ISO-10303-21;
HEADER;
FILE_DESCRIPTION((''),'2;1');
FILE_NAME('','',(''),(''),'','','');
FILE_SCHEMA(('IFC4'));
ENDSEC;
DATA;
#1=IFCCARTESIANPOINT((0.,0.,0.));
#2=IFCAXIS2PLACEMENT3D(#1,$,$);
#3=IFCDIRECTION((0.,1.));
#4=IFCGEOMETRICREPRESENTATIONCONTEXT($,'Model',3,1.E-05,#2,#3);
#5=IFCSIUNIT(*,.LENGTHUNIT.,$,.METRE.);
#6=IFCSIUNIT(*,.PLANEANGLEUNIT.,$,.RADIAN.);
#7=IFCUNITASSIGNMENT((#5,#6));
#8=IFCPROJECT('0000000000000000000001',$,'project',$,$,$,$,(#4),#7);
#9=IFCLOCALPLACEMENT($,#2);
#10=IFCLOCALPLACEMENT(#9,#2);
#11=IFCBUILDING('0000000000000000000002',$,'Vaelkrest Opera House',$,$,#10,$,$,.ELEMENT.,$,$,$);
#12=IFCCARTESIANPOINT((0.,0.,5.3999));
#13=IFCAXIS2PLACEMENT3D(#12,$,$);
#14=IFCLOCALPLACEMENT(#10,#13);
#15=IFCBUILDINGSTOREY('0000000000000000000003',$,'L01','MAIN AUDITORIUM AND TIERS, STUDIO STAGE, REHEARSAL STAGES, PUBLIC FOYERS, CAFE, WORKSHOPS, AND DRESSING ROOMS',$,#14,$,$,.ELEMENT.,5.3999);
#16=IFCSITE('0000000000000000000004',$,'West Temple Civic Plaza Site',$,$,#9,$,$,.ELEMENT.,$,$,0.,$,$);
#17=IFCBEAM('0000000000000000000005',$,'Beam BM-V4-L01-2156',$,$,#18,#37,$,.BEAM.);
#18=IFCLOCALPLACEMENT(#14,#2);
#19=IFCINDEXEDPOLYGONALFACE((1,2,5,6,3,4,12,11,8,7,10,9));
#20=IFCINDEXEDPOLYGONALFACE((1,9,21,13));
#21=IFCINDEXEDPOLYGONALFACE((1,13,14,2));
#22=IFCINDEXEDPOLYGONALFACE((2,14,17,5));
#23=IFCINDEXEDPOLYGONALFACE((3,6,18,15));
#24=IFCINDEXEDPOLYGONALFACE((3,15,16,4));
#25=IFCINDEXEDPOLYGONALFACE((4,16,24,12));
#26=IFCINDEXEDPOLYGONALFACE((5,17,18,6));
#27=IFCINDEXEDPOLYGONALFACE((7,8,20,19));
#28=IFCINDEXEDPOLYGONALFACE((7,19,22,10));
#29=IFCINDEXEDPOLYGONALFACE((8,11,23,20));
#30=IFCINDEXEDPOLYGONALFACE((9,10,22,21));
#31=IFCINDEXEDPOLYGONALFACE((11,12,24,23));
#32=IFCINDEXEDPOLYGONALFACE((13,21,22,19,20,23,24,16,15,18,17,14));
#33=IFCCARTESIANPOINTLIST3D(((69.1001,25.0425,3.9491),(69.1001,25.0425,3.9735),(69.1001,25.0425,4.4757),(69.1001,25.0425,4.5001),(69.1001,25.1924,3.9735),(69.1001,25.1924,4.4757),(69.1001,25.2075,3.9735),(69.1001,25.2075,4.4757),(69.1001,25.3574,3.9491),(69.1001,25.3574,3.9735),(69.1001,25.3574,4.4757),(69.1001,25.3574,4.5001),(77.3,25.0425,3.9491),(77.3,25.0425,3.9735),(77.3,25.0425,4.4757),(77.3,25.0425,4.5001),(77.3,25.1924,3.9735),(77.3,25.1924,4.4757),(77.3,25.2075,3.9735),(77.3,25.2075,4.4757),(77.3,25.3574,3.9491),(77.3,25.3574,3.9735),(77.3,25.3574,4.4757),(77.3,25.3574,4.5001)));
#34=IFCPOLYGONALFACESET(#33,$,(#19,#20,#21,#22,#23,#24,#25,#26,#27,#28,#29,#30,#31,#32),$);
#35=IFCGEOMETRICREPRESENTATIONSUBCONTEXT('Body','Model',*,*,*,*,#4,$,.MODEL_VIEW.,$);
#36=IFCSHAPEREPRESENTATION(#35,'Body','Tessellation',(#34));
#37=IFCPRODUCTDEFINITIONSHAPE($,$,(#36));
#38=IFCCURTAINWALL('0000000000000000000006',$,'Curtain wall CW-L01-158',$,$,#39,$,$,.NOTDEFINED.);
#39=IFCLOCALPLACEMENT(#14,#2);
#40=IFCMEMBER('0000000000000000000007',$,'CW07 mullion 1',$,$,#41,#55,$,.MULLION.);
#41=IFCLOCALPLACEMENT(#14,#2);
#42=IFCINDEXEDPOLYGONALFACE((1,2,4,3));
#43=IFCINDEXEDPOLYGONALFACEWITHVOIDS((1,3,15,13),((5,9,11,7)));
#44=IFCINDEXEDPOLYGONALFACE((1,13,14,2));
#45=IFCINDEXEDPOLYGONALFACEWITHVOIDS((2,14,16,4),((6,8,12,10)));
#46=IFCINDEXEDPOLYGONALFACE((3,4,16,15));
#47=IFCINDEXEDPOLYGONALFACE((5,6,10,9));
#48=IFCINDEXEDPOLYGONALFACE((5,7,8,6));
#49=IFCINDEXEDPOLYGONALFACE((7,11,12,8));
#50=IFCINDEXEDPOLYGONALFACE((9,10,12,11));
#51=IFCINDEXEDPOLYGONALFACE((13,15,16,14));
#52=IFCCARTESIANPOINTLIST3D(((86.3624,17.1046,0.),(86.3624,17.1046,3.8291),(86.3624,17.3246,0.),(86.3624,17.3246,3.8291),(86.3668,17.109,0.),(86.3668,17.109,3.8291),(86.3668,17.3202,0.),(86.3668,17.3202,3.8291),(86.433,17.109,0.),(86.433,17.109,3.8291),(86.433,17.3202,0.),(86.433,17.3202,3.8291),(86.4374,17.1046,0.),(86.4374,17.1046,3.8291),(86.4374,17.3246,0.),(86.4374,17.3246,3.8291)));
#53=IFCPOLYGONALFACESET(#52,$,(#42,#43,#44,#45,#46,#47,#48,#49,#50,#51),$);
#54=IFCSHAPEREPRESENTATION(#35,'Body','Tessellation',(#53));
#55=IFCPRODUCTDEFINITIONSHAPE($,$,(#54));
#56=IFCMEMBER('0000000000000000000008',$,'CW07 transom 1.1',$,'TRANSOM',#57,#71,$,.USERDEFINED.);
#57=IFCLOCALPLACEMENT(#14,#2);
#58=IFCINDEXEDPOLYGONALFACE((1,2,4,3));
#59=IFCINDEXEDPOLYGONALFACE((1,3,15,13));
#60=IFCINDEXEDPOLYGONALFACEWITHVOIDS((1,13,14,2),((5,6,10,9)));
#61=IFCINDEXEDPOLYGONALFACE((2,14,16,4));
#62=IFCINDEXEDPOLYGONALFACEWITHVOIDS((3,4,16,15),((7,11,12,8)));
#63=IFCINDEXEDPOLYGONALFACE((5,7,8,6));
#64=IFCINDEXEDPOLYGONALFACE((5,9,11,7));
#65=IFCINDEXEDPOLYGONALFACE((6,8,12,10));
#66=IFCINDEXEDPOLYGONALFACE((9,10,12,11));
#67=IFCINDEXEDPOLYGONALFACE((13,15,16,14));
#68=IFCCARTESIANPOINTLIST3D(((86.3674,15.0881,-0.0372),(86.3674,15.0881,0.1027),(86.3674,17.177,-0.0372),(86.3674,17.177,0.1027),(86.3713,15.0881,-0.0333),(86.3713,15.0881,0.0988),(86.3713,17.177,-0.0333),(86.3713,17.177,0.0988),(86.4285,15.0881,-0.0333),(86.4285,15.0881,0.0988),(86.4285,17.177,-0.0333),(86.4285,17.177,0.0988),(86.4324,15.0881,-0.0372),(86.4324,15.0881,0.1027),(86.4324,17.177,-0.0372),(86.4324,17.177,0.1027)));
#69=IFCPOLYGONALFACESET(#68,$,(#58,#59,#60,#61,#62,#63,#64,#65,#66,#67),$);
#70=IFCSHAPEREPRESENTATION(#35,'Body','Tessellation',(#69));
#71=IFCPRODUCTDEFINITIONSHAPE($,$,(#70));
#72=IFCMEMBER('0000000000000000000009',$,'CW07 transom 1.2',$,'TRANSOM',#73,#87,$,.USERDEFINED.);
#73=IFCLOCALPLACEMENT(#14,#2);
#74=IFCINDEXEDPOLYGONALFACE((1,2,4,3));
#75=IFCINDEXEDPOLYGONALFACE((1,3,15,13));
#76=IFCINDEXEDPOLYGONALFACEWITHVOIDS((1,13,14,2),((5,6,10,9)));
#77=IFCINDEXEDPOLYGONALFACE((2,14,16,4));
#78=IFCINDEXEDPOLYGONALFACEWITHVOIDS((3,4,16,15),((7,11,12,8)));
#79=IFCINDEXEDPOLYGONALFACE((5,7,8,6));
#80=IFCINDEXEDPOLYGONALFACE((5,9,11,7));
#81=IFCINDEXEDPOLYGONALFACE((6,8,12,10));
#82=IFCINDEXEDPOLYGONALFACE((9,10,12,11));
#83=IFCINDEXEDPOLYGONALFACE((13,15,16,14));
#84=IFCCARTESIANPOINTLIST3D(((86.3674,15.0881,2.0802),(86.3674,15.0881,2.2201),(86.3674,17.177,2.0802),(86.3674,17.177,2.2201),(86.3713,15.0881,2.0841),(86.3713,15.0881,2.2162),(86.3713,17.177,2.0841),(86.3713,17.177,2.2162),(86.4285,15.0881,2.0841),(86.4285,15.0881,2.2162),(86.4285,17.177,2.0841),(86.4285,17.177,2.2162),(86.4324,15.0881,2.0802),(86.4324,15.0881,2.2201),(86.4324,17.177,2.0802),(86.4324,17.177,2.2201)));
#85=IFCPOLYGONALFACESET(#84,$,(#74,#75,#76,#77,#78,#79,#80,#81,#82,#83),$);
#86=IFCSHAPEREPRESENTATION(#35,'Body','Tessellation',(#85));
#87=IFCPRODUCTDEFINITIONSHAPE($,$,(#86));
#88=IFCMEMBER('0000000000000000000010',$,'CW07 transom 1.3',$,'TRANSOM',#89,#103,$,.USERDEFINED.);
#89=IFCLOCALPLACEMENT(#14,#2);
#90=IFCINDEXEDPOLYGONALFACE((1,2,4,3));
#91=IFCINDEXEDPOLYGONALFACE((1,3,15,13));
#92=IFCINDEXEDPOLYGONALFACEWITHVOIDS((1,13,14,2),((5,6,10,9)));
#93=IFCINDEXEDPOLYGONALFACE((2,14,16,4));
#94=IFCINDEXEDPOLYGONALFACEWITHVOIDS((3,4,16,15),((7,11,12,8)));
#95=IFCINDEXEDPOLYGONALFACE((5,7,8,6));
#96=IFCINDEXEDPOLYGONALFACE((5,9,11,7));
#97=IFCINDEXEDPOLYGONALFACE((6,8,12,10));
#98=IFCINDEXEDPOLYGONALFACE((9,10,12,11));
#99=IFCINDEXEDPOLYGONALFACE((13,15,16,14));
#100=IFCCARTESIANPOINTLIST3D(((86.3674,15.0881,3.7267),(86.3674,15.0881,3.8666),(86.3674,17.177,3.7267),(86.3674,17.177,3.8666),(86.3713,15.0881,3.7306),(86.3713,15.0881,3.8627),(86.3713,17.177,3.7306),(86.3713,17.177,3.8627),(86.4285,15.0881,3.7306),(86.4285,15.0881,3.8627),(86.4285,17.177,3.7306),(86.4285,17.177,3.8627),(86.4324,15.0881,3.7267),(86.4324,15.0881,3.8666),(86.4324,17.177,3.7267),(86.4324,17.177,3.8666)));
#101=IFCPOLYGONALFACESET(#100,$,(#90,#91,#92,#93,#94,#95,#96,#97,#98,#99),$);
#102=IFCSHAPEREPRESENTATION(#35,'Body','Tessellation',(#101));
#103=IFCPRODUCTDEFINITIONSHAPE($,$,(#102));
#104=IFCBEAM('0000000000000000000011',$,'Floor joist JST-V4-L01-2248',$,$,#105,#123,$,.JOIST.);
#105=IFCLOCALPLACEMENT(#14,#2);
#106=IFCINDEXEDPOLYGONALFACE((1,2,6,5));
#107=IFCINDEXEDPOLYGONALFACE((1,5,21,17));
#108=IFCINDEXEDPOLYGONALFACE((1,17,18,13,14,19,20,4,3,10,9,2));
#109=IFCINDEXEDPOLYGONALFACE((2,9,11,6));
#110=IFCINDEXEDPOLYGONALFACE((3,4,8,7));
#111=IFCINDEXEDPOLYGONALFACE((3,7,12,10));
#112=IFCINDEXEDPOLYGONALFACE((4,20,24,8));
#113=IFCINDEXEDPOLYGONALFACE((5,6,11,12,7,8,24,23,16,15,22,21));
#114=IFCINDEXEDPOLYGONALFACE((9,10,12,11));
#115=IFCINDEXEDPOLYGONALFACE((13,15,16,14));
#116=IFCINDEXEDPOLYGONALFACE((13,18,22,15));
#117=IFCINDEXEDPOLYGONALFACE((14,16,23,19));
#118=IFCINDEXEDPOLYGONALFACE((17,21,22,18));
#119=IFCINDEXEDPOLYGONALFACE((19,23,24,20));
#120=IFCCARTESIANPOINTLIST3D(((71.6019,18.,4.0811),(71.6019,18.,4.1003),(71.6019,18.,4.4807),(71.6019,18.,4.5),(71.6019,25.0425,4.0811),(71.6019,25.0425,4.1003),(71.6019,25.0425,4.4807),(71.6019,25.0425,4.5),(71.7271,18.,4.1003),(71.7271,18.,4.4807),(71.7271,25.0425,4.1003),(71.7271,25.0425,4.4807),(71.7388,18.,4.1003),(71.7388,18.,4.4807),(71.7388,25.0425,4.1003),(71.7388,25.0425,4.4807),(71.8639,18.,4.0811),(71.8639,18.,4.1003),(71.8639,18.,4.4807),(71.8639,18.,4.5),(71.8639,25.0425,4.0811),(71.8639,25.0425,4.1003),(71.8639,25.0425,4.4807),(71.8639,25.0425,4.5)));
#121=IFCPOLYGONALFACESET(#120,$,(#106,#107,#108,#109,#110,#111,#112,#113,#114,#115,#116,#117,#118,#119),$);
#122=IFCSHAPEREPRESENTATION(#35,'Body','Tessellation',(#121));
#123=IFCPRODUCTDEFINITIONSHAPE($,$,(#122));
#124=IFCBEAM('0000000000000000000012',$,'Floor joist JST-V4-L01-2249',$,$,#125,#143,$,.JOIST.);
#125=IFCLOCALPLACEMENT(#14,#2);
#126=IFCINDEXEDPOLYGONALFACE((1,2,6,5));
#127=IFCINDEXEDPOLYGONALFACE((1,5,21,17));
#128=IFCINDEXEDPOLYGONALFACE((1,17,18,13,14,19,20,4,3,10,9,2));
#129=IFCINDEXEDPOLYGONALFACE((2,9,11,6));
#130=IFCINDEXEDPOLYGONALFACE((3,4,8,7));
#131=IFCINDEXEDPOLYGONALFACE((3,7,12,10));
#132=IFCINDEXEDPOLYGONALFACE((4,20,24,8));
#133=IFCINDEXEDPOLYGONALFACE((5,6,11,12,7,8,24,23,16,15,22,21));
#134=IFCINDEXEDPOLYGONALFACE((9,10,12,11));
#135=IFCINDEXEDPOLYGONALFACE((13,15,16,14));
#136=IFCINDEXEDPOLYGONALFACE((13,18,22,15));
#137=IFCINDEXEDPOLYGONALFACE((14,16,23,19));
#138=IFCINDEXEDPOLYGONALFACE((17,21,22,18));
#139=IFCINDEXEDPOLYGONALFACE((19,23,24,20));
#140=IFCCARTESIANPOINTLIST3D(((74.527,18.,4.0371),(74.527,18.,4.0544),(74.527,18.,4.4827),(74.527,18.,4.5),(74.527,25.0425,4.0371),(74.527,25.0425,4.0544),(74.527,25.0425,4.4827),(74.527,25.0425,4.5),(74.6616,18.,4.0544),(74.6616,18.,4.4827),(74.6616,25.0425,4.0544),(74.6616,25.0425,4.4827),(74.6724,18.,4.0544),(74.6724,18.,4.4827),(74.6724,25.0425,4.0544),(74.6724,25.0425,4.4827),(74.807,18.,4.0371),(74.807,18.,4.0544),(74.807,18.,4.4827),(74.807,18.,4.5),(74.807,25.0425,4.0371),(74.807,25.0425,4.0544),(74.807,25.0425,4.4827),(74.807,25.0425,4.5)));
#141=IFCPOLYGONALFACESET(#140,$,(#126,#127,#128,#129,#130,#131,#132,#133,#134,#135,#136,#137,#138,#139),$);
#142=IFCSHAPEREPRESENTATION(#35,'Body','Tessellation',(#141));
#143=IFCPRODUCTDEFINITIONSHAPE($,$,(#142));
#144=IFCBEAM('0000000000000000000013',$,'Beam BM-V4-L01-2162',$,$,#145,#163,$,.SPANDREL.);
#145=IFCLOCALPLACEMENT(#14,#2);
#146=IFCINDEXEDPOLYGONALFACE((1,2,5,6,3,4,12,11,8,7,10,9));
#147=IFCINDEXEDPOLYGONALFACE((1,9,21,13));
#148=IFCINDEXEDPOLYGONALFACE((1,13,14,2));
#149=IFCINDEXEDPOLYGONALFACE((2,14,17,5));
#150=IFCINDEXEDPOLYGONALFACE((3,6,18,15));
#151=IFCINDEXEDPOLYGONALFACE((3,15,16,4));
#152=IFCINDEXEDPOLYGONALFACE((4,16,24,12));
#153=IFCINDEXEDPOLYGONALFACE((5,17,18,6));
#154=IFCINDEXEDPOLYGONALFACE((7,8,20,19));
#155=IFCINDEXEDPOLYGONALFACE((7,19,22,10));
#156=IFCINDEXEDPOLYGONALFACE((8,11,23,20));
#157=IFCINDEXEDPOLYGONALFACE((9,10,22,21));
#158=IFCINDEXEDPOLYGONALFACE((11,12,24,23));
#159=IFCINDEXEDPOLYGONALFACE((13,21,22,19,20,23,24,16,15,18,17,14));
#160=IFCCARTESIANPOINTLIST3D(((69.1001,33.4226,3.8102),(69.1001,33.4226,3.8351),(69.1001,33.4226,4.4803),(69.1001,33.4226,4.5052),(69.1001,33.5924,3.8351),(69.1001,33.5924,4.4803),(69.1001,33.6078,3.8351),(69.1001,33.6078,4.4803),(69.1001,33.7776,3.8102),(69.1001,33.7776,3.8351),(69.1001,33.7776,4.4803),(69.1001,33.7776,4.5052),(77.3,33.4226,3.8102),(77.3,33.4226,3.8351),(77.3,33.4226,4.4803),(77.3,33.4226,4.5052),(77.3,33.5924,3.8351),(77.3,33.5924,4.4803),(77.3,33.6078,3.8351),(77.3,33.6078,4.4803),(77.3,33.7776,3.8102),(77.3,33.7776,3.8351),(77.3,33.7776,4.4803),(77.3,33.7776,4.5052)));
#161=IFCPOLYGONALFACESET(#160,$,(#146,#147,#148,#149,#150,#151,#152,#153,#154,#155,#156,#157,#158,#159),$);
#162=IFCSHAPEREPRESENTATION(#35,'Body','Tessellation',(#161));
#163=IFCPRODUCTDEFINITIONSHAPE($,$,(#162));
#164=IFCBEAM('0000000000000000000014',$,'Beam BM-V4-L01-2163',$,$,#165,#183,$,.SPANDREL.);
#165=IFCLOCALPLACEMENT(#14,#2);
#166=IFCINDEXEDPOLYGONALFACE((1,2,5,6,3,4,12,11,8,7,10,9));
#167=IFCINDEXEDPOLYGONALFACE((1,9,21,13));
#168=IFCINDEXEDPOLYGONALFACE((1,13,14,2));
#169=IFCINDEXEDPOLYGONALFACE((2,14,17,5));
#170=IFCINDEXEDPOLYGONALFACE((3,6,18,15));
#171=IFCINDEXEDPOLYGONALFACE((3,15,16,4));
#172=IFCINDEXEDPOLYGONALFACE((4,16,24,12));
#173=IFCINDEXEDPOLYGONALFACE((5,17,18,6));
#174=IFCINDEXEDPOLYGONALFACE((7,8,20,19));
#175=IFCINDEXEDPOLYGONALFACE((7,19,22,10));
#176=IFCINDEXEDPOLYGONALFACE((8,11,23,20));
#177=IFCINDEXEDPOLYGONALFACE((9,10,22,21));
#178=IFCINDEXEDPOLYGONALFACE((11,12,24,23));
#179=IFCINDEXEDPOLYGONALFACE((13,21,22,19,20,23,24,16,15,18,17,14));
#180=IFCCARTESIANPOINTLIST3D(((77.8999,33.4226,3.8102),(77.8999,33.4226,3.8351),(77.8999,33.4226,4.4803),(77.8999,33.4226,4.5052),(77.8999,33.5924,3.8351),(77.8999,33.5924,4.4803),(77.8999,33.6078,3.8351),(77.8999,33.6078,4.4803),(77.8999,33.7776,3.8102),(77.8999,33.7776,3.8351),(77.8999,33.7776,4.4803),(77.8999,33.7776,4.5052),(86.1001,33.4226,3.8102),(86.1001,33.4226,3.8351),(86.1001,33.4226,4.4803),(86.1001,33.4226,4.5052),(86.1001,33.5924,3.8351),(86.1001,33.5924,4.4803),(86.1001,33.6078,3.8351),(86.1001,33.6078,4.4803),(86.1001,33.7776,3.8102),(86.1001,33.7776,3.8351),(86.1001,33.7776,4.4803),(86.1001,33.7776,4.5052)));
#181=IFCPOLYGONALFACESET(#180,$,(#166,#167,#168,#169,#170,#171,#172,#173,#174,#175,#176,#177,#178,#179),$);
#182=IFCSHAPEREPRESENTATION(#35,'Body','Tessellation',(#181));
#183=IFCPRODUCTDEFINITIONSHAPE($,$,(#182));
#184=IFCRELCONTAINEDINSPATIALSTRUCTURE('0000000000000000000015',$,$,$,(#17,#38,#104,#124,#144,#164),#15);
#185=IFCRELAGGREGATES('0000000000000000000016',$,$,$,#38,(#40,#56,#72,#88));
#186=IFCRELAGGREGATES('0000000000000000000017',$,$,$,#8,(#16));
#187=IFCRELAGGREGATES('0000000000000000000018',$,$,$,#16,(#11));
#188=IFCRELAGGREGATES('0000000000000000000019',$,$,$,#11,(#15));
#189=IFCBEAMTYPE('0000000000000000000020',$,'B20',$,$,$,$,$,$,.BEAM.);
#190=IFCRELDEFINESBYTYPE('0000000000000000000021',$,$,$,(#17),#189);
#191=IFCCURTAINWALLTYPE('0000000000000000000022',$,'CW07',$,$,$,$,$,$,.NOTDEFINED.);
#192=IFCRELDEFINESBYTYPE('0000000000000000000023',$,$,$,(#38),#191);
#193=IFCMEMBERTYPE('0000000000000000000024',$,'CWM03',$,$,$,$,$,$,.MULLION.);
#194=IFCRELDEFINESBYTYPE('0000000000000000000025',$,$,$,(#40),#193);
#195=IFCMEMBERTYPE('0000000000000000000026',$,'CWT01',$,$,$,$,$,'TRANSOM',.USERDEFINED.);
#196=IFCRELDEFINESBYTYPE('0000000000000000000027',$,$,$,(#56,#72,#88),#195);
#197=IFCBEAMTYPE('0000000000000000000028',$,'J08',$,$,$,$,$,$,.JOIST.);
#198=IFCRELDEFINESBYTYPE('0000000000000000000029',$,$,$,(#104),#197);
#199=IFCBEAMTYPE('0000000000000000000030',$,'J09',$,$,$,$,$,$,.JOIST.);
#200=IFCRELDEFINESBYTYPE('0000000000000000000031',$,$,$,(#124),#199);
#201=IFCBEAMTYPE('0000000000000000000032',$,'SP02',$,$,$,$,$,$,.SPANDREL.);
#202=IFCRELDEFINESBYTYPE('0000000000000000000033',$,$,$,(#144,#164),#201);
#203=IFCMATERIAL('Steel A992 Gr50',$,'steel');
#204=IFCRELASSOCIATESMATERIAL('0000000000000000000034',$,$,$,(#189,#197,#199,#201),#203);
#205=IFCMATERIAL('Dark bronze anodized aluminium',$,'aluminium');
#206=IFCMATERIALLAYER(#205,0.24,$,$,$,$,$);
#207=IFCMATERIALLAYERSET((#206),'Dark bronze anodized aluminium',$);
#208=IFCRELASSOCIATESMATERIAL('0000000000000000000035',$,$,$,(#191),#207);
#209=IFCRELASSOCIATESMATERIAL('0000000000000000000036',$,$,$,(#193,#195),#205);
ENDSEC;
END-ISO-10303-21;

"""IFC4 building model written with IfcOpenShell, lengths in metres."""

from ifc_helpers import new_model, si_unit, direction, frame, origin, origin_2d, place, context, subcontext, project, spatial, hollow_rectangle, i_section, extrude, material, layer, layer_set, material_profile, profile_set, type_object, element, aggregate, save


model = new_model("IFC4")

# Units and contexts
model_context = context("Model", 3, precision=1e-05, world=origin(), true_north=direction((0.0, 1.0)))
body_context = subcontext(model_context, "Body", "Model", "MODEL_VIEW")
ifc_project = project(units=[si_unit("LENGTHUNIT", "METRE"), si_unit("PLANEANGLEUNIT", "RADIAN")], contexts=[model_context])

# Site, building, storey
site_placement = place(None, origin())
site = spatial("IfcSite", under=ifc_project, at=site_placement, Name="West Temple Civic Plaza Site", CompositionType="ELEMENT", RefElevation=0.0)
building_placement = place(site_placement, origin())
building = spatial("IfcBuilding", under=site, at=building_placement, Name="Vaelkrest Opera House", CompositionType="ELEMENT")
storey_placement = place(building_placement, frame((0.0, 0.0, 5.3999)))
storey = spatial("IfcBuildingStorey", under=building, at=storey_placement, Name="L01", Description="MAIN AUDITORIUM AND TIERS, STUDIO STAGE, REHEARSAL STAGES, PUBLIC FOYERS, CAFE, WORKSHOPS, AND DRESSING ROOMS", CompositionType="ELEMENT", Elevation=5.3999)

# Beam
ifc_material_1 = material(Name="Steel A992 Gr50", Category="steel")
ifc_material_profile_1 = material_profile(ifc_material_1, i_section(OverallWidth=0.3149, OverallDepth=0.551, WebThickness=0.0151, FlangeThickness=0.0244, at=origin_2d()), Name="W21X122")
ifc_profile_set_1 = profile_set([ifc_material_profile_1], Name="Steel A992 Gr50")
beam_type_1 = type_object("IfcBeamType", Name="B20", PredefinedType="BEAM", material=ifc_profile_set_1)
beam_1_placement = place(storey_placement, frame((69.1001, 25.2, 4.2246), z_axis=(1.0, 0.0, 0.0), x_axis=(0.0, 1.0, 0.0)))
element("IfcBeam", 1, at=beam_1_placement, inside=storey, type_object=beam_type_1, Name="Beam BM-V4-L01-2156", PredefinedType="BEAM", context=body_context, shape_type="SweptSolid", body=[
    extrude(i_section(OverallWidth=0.3149, OverallDepth=0.551, WebThickness=0.0151, FlangeThickness=0.0244, at=origin_2d()), origin(), (0.0, 0.0, 1.0), 8.2),
])

# Curtain wall, members
ifc_material_2 = material(Name="Dark bronze anodized aluminium", Category="aluminium")
ifc_layer_1 = layer(ifc_material_2, 0.24)
ifc_layer_set_1 = layer_set([ifc_layer_1], Name="Dark bronze anodized aluminium")
curtain_wall_type = type_object("IfcCurtainWallType", Name="CW07", PredefinedType="NOTDEFINED", material=ifc_layer_set_1)
curtain_wall_placement = place(storey_placement, origin())
curtain_wall = element("IfcCurtainWall", 2, at=curtain_wall_placement, inside=storey, type_object=curtain_wall_type, Name="Curtain wall CW-L01-158", PredefinedType="NOTDEFINED")
ifc_material_profile_2 = material_profile(ifc_material_2, hollow_rectangle(XDim=0.075, YDim=0.22, WallThickness=0.0044, at=origin_2d()), Name="CWM75X220")
ifc_profile_set_2 = profile_set([ifc_material_profile_2], Name="Dark bronze anodized aluminium")
member_type_1 = type_object("IfcMemberType", Name="CWM03", PredefinedType="MULLION", material=ifc_profile_set_2)
member_1_placement = place(storey_placement, frame((86.3999, 17.2146, 0.0), z_axis=(0.0, 0.0, 1.0), x_axis=(1.0, 0.0, 0.0)))
member_1 = element("IfcMember", 3, at=member_1_placement, type_object=member_type_1, Name="CW07 mullion 1", PredefinedType="MULLION", context=body_context, shape_type="SweptSolid", body=[
    extrude(hollow_rectangle(XDim=0.075, YDim=0.22, WallThickness=0.0044, at=origin_2d()), origin(), (0.0, 0.0, 1.0), 3.8291),
])
ifc_material_profile_3 = material_profile(ifc_material_2, hollow_rectangle(XDim=0.0649, YDim=0.1399, WallThickness=0.0039, at=origin_2d()), Name="CWT65X140")
ifc_profile_set_3 = profile_set([ifc_material_profile_3], Name="Dark bronze anodized aluminium")
member_type_2 = type_object("IfcMemberType", Name="CWT01", ElementType="TRANSOM", PredefinedType="USERDEFINED", material=ifc_profile_set_3)
member_2_placement = place(storey_placement, frame((86.3999, 17.177, 0.0327), z_axis=(0.0, -1.0, 0.0), x_axis=(1.0, 0.0, 0.0)))
member_2 = element("IfcMember", 4, at=member_2_placement, type_object=member_type_2, Name="CW07 transom 1.1", ObjectType="TRANSOM", PredefinedType="USERDEFINED", context=body_context, shape_type="SweptSolid", body=[
    extrude(hollow_rectangle(XDim=0.0649, YDim=0.1399, WallThickness=0.0039, at=origin_2d()), origin(), (0.0, 0.0, 1.0), 2.0889),
])
member_3_placement = place(storey_placement, frame((86.3999, 17.177, 2.1501), z_axis=(0.0, -1.0, 0.0), x_axis=(1.0, 0.0, 0.0)))
member_3 = element("IfcMember", 5, at=member_3_placement, type_object=member_type_2, Name="CW07 transom 1.2", ObjectType="TRANSOM", PredefinedType="USERDEFINED", context=body_context, shape_type="SweptSolid", body=[
    extrude(hollow_rectangle(XDim=0.0649, YDim=0.1399, WallThickness=0.0039, at=origin_2d()), origin(), (0.0, 0.0, 1.0), 2.0889),
])
member_4_placement = place(storey_placement, frame((86.3999, 17.177, 3.7966), z_axis=(0.0, -1.0, 0.0), x_axis=(1.0, 0.0, 0.0)))
member_4 = element("IfcMember", 6, at=member_4_placement, type_object=member_type_2, Name="CW07 transom 1.3", ObjectType="TRANSOM", PredefinedType="USERDEFINED", context=body_context, shape_type="SweptSolid", body=[
    extrude(hollow_rectangle(XDim=0.0649, YDim=0.1399, WallThickness=0.0039, at=origin_2d()), origin(), (0.0, 0.0, 1.0), 2.0889),
])

# Beams
ifc_material_profile_4 = material_profile(ifc_material_1, i_section(OverallWidth=0.262, OverallDepth=0.4189, WebThickness=0.0117, FlangeThickness=0.0193, at=origin_2d()), Name="W16X77")
ifc_profile_set_4 = profile_set([ifc_material_profile_4], Name="Steel A992 Gr50")
beam_type_2 = type_object("IfcBeamType", Name="J08", PredefinedType="JOIST", material=ifc_profile_set_4)
beam_2_placement = place(storey_placement, frame((71.7329, 18.0, 4.2905), z_axis=(0.0, 1.0, 0.0), x_axis=(-1.0, 0.0, 0.0)))
element("IfcBeam", 7, at=beam_2_placement, inside=storey, type_object=beam_type_2, Name="Floor joist JST-V4-L01-2248", PredefinedType="JOIST", context=body_context, shape_type="SweptSolid", body=[
    extrude(i_section(OverallWidth=0.262, OverallDepth=0.4189, WebThickness=0.0117, FlangeThickness=0.0193, at=origin_2d()), origin(), (0.0, 0.0, 1.0), 7.0425),
])
ifc_material_profile_5 = material_profile(ifc_material_1, i_section(OverallWidth=0.28, OverallDepth=0.4629, WebThickness=0.0107, FlangeThickness=0.0173, at=origin_2d()), Name="W18X76")
ifc_profile_set_5 = profile_set([ifc_material_profile_5], Name="Steel A992 Gr50")
beam_type_3 = type_object("IfcBeamType", Name="J09", PredefinedType="JOIST", material=ifc_profile_set_5)
beam_3_placement = place(storey_placement, frame((74.667, 18.0, 4.2686), z_axis=(0.0, 1.0, 0.0), x_axis=(-1.0, 0.0, 0.0)))
element("IfcBeam", 8, at=beam_3_placement, inside=storey, type_object=beam_type_3, Name="Floor joist JST-V4-L01-2249", PredefinedType="JOIST", context=body_context, shape_type="SweptSolid", body=[
    extrude(i_section(OverallWidth=0.28, OverallDepth=0.4629, WebThickness=0.0107, FlangeThickness=0.0173, at=origin_2d()), origin(), (0.0, 0.0, 1.0), 7.0425),
])
ifc_material_profile_6 = material_profile(ifc_material_1, i_section(OverallWidth=0.355, OverallDepth=0.6951, WebThickness=0.0154, FlangeThickness=0.0249, at=origin_2d()), Name="W27X146")
ifc_profile_set_6 = profile_set([ifc_material_profile_6], Name="Steel A992 Gr50")
beam_type_4 = type_object("IfcBeamType", Name="SP02", PredefinedType="SPANDREL", material=ifc_profile_set_6)
beam_4_placement = place(storey_placement, frame((69.1001, 33.6001, 4.1577), z_axis=(1.0, 0.0, 0.0), x_axis=(0.0, 1.0, 0.0)))
element("IfcBeam", 9, at=beam_4_placement, inside=storey, type_object=beam_type_4, Name="Beam BM-V4-L01-2162", PredefinedType="SPANDREL", context=body_context, shape_type="SweptSolid", body=[
    extrude(i_section(OverallWidth=0.355, OverallDepth=0.6951, WebThickness=0.0154, FlangeThickness=0.0249, at=origin_2d()), origin(), (0.0, 0.0, 1.0), 8.2),
])
beam_5_placement = place(storey_placement, frame((77.8999, 33.6001, 4.1577), z_axis=(1.0, 0.0, 0.0), x_axis=(0.0, 1.0, 0.0)))
element("IfcBeam", 10, at=beam_5_placement, inside=storey, type_object=beam_type_4, Name="Beam BM-V4-L01-2163", PredefinedType="SPANDREL", context=body_context, shape_type="SweptSolid", body=[
    extrude(i_section(OverallWidth=0.355, OverallDepth=0.6951, WebThickness=0.0154, FlangeThickness=0.0249, at=origin_2d()), origin(), (0.0, 0.0, 1.0), 8.2002),
])

aggregate(curtain_wall, [member_1, member_2, member_3, member_4])

save(model, "model.ifc")
